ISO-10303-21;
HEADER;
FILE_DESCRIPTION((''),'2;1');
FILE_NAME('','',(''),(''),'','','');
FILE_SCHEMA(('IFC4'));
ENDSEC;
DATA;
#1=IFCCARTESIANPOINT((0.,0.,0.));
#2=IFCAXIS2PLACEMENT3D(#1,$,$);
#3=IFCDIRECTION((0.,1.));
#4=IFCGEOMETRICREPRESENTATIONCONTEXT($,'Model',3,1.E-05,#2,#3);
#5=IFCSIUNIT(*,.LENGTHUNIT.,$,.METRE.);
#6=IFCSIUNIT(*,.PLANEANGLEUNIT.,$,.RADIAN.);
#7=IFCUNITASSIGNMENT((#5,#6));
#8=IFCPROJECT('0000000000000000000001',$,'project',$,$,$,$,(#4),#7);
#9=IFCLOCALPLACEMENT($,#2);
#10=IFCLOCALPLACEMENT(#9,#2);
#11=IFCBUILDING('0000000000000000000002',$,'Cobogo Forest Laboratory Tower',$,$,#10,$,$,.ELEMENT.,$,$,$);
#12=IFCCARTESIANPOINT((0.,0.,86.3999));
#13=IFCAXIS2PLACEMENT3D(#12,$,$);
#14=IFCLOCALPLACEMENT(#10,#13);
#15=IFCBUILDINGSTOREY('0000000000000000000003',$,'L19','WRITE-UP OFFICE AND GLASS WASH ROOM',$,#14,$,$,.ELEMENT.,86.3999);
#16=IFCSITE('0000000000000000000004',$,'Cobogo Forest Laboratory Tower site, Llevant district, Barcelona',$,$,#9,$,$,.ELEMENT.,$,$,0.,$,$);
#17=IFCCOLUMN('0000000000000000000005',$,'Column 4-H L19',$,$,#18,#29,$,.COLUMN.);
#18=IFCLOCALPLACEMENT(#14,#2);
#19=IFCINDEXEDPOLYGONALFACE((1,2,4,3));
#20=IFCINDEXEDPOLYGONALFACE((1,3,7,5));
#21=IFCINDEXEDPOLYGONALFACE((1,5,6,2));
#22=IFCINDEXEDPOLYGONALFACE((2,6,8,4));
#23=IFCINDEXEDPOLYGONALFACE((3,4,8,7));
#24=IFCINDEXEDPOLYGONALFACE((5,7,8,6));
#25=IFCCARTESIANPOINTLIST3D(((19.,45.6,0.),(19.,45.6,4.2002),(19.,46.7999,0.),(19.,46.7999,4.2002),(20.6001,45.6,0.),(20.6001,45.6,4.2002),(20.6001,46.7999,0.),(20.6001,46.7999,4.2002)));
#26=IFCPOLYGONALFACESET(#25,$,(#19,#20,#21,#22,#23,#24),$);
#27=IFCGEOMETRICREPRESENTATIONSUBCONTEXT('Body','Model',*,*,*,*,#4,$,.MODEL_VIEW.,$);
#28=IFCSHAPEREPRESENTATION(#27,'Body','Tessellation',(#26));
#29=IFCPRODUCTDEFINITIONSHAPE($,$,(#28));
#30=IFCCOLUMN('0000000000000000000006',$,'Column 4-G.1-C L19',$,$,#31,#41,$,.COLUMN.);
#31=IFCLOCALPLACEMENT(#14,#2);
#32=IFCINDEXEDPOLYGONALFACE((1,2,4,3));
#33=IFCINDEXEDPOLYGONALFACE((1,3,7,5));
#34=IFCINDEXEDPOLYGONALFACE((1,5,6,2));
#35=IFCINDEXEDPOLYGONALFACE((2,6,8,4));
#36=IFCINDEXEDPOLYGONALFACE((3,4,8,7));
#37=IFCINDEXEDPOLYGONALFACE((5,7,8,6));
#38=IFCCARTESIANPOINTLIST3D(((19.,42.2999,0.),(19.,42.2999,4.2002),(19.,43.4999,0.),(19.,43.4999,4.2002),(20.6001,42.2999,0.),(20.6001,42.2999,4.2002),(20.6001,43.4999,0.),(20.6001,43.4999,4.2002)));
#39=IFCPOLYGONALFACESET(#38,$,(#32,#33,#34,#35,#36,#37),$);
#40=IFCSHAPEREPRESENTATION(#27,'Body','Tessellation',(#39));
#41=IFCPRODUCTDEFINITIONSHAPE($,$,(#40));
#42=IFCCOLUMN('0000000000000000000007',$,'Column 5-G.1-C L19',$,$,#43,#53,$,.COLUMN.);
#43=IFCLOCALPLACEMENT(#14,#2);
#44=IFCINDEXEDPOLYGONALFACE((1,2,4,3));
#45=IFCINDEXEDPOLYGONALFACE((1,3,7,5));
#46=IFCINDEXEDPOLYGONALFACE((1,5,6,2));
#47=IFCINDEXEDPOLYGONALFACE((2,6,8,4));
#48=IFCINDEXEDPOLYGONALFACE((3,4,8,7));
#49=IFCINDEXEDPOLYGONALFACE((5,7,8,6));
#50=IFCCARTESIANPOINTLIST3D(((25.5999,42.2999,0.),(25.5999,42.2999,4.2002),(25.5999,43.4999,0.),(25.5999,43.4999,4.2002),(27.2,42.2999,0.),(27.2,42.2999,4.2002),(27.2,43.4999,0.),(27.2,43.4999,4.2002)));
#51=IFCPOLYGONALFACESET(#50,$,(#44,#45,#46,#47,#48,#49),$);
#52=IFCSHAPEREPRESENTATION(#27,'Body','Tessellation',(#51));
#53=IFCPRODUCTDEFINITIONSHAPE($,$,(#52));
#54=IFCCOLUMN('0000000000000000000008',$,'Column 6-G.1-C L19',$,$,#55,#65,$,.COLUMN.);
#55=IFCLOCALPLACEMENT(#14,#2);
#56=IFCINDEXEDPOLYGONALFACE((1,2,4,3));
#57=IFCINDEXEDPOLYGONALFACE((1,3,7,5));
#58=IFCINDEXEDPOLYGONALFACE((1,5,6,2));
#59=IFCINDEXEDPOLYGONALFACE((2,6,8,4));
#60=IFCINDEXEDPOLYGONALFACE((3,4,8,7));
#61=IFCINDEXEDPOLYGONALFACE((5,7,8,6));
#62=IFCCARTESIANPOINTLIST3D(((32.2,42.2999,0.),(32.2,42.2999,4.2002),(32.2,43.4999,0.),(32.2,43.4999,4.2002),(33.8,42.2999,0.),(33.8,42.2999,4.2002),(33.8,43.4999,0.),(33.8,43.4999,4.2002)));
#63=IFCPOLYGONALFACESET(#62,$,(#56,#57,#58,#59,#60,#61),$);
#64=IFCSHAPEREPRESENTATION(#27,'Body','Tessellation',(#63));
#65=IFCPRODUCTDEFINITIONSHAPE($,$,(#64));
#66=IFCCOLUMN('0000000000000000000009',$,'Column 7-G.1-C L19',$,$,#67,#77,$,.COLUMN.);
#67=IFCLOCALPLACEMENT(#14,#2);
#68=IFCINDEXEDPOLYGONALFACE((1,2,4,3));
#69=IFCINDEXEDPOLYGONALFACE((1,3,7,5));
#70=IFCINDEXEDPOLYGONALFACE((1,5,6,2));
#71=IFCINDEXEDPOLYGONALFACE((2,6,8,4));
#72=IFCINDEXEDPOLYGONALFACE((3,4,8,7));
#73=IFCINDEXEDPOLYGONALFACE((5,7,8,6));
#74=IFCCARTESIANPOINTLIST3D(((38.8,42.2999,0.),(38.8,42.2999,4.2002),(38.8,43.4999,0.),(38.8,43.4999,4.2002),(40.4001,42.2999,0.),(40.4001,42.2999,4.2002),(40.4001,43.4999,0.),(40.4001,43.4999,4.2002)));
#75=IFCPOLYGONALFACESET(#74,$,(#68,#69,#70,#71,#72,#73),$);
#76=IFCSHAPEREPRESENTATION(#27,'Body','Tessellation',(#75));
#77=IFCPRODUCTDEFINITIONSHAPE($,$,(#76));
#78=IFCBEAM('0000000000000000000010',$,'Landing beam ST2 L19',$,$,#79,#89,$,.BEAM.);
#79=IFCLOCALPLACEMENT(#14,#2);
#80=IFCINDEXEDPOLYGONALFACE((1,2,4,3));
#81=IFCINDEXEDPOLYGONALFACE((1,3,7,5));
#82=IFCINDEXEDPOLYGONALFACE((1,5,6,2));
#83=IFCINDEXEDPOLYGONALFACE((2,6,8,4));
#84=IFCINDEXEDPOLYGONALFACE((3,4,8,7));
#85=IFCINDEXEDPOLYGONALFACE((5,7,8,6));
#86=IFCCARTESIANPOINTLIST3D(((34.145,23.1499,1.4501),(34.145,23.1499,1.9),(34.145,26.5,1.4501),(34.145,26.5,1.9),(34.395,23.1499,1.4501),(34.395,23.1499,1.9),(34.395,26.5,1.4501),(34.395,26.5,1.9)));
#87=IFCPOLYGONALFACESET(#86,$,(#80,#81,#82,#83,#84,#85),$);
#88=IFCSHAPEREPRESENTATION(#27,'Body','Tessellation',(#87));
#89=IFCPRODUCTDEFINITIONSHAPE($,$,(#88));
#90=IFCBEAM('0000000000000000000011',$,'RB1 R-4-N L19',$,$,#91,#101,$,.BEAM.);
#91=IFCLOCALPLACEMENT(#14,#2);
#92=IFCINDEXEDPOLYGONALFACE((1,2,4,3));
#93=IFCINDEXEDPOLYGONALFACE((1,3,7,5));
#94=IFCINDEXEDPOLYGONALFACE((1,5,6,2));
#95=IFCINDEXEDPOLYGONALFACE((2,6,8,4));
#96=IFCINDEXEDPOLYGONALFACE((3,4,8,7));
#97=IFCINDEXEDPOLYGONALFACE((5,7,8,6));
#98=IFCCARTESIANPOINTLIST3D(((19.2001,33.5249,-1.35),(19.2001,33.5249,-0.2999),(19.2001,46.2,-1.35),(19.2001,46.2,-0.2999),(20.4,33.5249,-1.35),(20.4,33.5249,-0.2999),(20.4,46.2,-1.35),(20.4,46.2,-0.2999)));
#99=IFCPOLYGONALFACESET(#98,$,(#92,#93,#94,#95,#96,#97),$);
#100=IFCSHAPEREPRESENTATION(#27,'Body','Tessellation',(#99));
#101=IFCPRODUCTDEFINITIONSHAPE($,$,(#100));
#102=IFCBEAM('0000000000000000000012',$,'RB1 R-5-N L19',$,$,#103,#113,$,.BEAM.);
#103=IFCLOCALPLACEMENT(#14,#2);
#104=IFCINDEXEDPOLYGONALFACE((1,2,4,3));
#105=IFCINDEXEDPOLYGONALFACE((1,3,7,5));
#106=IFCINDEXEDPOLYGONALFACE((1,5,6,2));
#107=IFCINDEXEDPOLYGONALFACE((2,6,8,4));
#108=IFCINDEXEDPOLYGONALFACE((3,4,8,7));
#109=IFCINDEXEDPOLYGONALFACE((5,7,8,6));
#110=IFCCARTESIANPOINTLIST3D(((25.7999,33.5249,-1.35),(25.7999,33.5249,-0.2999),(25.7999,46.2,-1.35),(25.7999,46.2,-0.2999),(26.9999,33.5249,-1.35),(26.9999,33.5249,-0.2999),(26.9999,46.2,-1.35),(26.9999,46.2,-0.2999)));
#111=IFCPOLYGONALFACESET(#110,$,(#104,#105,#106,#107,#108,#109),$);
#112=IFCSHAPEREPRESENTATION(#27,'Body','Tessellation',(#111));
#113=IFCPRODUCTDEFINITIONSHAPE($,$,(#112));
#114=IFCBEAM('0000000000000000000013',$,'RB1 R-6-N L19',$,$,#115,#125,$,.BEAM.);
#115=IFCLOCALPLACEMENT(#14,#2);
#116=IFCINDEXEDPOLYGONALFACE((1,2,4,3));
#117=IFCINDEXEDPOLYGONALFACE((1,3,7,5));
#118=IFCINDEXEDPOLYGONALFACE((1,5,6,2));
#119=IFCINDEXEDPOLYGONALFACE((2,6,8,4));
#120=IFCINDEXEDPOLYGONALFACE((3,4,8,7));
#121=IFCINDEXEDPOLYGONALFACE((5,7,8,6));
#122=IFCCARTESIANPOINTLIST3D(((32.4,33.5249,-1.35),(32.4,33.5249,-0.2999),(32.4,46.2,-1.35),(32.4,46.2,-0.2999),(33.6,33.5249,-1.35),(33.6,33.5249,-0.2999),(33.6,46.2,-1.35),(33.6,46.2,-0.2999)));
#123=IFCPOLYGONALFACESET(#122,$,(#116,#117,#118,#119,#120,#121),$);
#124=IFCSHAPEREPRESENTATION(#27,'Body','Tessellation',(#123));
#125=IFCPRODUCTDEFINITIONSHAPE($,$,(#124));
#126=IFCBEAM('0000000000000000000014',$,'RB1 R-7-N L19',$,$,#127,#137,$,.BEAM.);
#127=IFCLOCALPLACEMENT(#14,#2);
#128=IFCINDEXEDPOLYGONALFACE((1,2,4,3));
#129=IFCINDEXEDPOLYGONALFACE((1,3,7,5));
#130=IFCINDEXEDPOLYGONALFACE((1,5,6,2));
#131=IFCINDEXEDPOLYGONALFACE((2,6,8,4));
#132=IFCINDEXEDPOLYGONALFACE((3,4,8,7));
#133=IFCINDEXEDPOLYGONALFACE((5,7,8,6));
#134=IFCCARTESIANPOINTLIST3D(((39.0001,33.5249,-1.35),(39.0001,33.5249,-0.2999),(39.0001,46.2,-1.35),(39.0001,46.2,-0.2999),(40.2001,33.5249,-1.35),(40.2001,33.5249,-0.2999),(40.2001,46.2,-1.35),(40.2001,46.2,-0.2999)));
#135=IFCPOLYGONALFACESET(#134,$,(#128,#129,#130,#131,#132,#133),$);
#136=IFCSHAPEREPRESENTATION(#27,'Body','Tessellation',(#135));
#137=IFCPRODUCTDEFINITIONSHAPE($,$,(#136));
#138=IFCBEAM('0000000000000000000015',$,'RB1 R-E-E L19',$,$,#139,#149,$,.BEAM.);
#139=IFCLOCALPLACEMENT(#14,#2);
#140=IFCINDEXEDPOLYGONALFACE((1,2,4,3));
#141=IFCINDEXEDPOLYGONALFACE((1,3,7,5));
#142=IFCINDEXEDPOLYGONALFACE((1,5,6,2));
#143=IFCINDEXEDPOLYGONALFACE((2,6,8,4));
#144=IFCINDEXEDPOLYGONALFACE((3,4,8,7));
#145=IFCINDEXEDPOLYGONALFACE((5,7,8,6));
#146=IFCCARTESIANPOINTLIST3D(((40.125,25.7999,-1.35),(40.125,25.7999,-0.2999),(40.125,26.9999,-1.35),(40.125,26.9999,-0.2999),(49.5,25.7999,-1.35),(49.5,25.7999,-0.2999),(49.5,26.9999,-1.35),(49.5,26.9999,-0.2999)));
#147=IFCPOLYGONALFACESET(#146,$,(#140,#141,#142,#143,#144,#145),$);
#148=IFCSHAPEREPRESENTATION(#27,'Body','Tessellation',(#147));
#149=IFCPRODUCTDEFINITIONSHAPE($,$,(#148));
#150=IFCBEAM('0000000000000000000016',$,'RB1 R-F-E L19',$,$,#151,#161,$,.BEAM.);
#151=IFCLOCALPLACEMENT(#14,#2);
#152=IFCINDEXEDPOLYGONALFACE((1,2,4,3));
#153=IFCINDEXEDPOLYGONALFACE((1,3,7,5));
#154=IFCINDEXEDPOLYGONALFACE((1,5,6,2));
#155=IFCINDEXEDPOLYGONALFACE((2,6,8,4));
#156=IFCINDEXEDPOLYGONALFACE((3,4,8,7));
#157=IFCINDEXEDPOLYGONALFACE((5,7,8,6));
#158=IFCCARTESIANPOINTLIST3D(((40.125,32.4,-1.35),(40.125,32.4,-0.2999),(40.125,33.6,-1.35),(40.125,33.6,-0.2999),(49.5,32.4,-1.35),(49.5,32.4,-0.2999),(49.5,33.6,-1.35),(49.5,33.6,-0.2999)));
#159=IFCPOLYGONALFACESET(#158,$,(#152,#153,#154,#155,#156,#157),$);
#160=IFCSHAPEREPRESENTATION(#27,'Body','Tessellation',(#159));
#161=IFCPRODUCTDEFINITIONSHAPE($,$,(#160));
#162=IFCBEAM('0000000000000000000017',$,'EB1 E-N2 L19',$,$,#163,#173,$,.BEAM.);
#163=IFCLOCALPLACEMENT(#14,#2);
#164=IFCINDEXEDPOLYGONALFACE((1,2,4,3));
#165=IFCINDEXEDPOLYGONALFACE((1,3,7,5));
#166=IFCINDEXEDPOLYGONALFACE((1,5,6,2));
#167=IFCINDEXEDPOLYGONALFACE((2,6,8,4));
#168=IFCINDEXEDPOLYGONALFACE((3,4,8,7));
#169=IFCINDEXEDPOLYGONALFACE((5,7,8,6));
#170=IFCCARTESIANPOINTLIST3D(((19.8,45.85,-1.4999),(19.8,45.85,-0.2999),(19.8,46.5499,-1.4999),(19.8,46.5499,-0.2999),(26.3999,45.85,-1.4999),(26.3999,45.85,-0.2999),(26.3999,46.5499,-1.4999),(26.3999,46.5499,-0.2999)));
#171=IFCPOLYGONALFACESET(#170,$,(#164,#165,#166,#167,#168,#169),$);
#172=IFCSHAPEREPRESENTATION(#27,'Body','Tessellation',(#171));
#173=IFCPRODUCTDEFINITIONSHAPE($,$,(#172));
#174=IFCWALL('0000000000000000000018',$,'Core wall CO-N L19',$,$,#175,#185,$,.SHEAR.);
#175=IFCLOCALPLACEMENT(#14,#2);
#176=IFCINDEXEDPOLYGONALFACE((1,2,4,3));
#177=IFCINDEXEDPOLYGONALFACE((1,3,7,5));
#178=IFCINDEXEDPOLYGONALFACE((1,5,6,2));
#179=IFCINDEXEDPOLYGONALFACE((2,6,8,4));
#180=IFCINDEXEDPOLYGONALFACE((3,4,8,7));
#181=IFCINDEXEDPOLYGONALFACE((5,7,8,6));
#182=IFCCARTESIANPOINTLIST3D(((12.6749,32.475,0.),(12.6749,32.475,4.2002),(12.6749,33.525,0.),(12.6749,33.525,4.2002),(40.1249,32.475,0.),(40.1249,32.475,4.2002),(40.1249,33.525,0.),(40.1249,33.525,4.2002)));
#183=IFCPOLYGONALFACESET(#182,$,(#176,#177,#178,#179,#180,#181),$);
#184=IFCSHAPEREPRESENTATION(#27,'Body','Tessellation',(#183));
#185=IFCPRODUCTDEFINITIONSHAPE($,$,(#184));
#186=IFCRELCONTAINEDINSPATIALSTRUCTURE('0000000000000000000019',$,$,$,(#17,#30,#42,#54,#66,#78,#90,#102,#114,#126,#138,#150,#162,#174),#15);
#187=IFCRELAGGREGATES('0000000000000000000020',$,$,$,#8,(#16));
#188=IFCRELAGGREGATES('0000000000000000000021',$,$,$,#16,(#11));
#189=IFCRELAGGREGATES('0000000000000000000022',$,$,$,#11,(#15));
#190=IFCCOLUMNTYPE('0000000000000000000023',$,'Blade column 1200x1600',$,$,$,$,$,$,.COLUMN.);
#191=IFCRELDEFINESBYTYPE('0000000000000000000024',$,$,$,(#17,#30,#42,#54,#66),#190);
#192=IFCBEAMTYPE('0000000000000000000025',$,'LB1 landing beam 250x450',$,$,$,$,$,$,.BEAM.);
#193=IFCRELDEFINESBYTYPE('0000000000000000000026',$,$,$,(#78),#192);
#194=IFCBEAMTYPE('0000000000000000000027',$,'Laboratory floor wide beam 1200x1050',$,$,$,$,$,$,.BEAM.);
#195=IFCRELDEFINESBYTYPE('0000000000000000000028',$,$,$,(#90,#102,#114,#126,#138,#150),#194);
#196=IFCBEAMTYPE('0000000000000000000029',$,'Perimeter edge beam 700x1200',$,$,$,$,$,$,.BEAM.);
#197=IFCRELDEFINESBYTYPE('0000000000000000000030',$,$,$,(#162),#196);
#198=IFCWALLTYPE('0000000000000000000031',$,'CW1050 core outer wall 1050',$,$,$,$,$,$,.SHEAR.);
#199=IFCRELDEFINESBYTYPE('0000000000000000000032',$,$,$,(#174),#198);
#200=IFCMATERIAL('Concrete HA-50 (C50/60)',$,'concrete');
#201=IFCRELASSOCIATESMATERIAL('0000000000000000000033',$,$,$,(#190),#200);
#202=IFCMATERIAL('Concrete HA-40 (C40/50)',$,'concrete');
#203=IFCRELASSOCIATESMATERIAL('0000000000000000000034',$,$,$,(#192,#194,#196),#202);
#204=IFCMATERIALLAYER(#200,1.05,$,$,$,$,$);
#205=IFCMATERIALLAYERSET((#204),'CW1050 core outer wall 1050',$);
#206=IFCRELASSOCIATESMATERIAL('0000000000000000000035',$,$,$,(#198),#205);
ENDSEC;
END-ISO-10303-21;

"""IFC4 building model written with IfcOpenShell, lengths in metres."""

from ifc_helpers import new_model, si_unit, direction, frame, frame_2d, origin, origin_2d, place, context, subcontext, project, spatial, rectangle, extrude, material, layer, layer_set, material_profile, profile_set, type_object, element, save


model = new_model("IFC4")

# Units and contexts
model_context = context("Model", 3, precision=1e-05, world=origin(), true_north=direction((0.0, 1.0)))
body_context = subcontext(model_context, "Body", "Model", "MODEL_VIEW")
ifc_project = project(units=[si_unit("LENGTHUNIT", "METRE"), si_unit("PLANEANGLEUNIT", "RADIAN")], contexts=[model_context])

# Site, building, storey
site_placement = place(None, origin())
site = spatial("IfcSite", under=ifc_project, at=site_placement, Name="Cobogo Forest Laboratory Tower site, Llevant district, Barcelona", CompositionType="ELEMENT", RefElevation=0.0)
building_placement = place(site_placement, origin())
building = spatial("IfcBuilding", under=site, at=building_placement, Name="Cobogo Forest Laboratory Tower", CompositionType="ELEMENT")
storey_placement = place(building_placement, frame((0.0, 0.0, 86.3999)))
storey = spatial("IfcBuildingStorey", under=building, at=storey_placement, Name="L19", Description="WRITE-UP OFFICE AND GLASS WASH ROOM", CompositionType="ELEMENT", Elevation=86.3999)

# Columns
ifc_material_1 = material(Name="Concrete HA-50 (C50/60)", Category="concrete")
ifc_material_profile_1 = material_profile(ifc_material_1, rectangle(XDim=1.6001, YDim=1.2, at=origin_2d()), Name="RC 1200x1600")
ifc_profile_set_1 = profile_set([ifc_material_profile_1], Name="Concrete HA-50 (C50/60)")
column_type = type_object("IfcColumnType", Name="Blade column 1200x1600", PredefinedType="COLUMN", material=ifc_profile_set_1)
for number, where, z_axis, x_axis, name in (
    (1, (19.8, 46.2, 0.0), (0.0, 0.0, 1.0), (1.0, 0.0, 0.0), "Column 4-H L19"),
    (2, (19.8, 42.8999, 0.0), (0.0, 0.0, 1.0), (1.0, 0.0, 0.0), "Column 4-G.1-C L19"),
    (3, (26.3999, 42.8999, 0.0), (0.0, 0.0, 1.0), (1.0, 0.0, 0.0), "Column 5-G.1-C L19"),
    (4, (33.0, 42.8999, 0.0), (0.0, 0.0, 1.0), (1.0, 0.0, 0.0), "Column 6-G.1-C L19"),
    (5, (39.6001, 42.8999, 0.0), (0.0, 0.0, 1.0), (1.0, 0.0, 0.0), "Column 7-G.1-C L19"),
):
    element("IfcColumn", number, at=place(storey_placement, frame(where, z_axis=z_axis, x_axis=x_axis)), inside=storey, type_object=column_type, Name=name, PredefinedType="COLUMN", context=body_context, shape_type="SweptSolid", body=[
        extrude(rectangle(XDim=1.6001, YDim=1.2, at=origin_2d()), origin(), (0.0, 0.0, 1.0), 4.2002),
    ])

# Beams
ifc_material_2 = material(Name="Concrete HA-40 (C40/50)", Category="concrete")
ifc_material_profile_2 = material_profile(ifc_material_2, rectangle(XDim=0.25, YDim=0.45, at=origin_2d()), Name="RC 250x450")
ifc_profile_set_2 = profile_set([ifc_material_profile_2], Name="Concrete HA-40 (C40/50)")
beam_type_1 = type_object("IfcBeamType", Name="LB1 landing beam 250x450", PredefinedType="BEAM", material=ifc_profile_set_2)
beam_1_placement = place(storey_placement, frame((34.27, 23.1499, 1.675), z_axis=(0.0, 1.0, 0.0), x_axis=(-1.0, 0.0, 0.0)))
element("IfcBeam", 6, at=beam_1_placement, inside=storey, type_object=beam_type_1, Name="Landing beam ST2 L19", PredefinedType="BEAM", context=body_context, shape_type="SweptSolid", body=[
    extrude(rectangle(XDim=0.25, YDim=0.45, at=origin_2d()), origin(), (0.0, 0.0, 1.0), 3.3501),
])
ifc_material_profile_3 = material_profile(ifc_material_2, rectangle(XDim=1.2, YDim=1.05, at=origin_2d()), Name="RC 1200x1050")
ifc_profile_set_3 = profile_set([ifc_material_profile_3], Name="Concrete HA-40 (C40/50)")
beam_type_2 = type_object("IfcBeamType", Name="Laboratory floor wide beam 1200x1050", PredefinedType="BEAM", material=ifc_profile_set_3)
for number, where, z_axis, x_axis, name in (
    (7, (19.8, 33.5249, -0.825), (0.0, 1.0, 0.0), (-1.0, 0.0, 0.0), "RB1 R-4-N L19"),
    (8, (26.3999, 33.5249, -0.825), (0.0, 1.0, 0.0), (-1.0, 0.0, 0.0), "RB1 R-5-N L19"),
    (9, (33.0, 33.5249, -0.825), (0.0, 1.0, 0.0), (-1.0, 0.0, 0.0), "RB1 R-6-N L19"),
    (10, (39.6001, 33.5249, -0.825), (0.0, 1.0, 0.0), (-1.0, 0.0, 0.0), "RB1 R-7-N L19"),
):
    element("IfcBeam", number, at=place(storey_placement, frame(where, z_axis=z_axis, x_axis=x_axis)), inside=storey, type_object=beam_type_2, Name=name, PredefinedType="BEAM", context=body_context, shape_type="SweptSolid", body=[
        extrude(rectangle(XDim=1.2, YDim=1.05, at=origin_2d()), origin(), (0.0, 0.0, 1.0), 12.675),
    ])
for number, where, z_axis, x_axis, name in (
    (11, (40.125, 26.3999, -0.825), (1.0, 0.0, 0.0), (0.0, 1.0, 0.0), "RB1 R-E-E L19"),
    (12, (40.125, 33.0, -0.825), (1.0, 0.0, 0.0), (0.0, 1.0, 0.0), "RB1 R-F-E L19"),
):
    element("IfcBeam", number, at=place(storey_placement, frame(where, z_axis=z_axis, x_axis=x_axis)), inside=storey, type_object=beam_type_2, Name=name, PredefinedType="BEAM", context=body_context, shape_type="SweptSolid", body=[
        extrude(rectangle(XDim=1.2, YDim=1.05, at=origin_2d()), origin(), (0.0, 0.0, 1.0), 9.375),
    ])
ifc_material_profile_4 = material_profile(ifc_material_2, rectangle(XDim=0.7, YDim=1.2, at=origin_2d()), Name="RC 700x1200")
ifc_profile_set_4 = profile_set([ifc_material_profile_4], Name="Concrete HA-40 (C40/50)")
beam_type_3 = type_object("IfcBeamType", Name="Perimeter edge beam 700x1200", PredefinedType="BEAM", material=ifc_profile_set_4)
beam_2_placement = place(storey_placement, frame((19.8, 46.2, -0.8999), z_axis=(1.0, 0.0, 0.0), x_axis=(0.0, 1.0, 0.0)))
element("IfcBeam", 13, at=beam_2_placement, inside=storey, type_object=beam_type_3, Name="EB1 E-N2 L19", PredefinedType="BEAM", context=body_context, shape_type="SweptSolid", body=[
    extrude(rectangle(XDim=0.7, YDim=1.2, at=origin_2d()), origin(), (0.0, 0.0, 1.0), 6.5999),
])

# Wall
ifc_layer_1 = layer(ifc_material_1, 1.05)
ifc_layer_set_1 = layer_set([ifc_layer_1], Name="CW1050 core outer wall 1050")
wall_type_1 = type_object("IfcWallType", Name="CW1050 core outer wall 1050", PredefinedType="SHEAR", material=ifc_layer_set_1)
wall_1_placement = place(storey_placement, frame((40.125, 33.0, 0.0), z_axis=(0.0, 0.0, 1.0), x_axis=(-1.0, 0.0, 0.0)))
element("IfcWall", 14, at=wall_1_placement, inside=storey, type_object=wall_type_1, Name="Core wall CO-N L19", PredefinedType="SHEAR", context=body_context, shape_type="SweptSolid", body=[
    extrude(rectangle(XDim=27.45, YDim=1.05, at=frame_2d((13.7251, 0.0))), origin(), (0.0, 0.0, 1.0), 4.2002),
])

save(model, "model.ifc")
